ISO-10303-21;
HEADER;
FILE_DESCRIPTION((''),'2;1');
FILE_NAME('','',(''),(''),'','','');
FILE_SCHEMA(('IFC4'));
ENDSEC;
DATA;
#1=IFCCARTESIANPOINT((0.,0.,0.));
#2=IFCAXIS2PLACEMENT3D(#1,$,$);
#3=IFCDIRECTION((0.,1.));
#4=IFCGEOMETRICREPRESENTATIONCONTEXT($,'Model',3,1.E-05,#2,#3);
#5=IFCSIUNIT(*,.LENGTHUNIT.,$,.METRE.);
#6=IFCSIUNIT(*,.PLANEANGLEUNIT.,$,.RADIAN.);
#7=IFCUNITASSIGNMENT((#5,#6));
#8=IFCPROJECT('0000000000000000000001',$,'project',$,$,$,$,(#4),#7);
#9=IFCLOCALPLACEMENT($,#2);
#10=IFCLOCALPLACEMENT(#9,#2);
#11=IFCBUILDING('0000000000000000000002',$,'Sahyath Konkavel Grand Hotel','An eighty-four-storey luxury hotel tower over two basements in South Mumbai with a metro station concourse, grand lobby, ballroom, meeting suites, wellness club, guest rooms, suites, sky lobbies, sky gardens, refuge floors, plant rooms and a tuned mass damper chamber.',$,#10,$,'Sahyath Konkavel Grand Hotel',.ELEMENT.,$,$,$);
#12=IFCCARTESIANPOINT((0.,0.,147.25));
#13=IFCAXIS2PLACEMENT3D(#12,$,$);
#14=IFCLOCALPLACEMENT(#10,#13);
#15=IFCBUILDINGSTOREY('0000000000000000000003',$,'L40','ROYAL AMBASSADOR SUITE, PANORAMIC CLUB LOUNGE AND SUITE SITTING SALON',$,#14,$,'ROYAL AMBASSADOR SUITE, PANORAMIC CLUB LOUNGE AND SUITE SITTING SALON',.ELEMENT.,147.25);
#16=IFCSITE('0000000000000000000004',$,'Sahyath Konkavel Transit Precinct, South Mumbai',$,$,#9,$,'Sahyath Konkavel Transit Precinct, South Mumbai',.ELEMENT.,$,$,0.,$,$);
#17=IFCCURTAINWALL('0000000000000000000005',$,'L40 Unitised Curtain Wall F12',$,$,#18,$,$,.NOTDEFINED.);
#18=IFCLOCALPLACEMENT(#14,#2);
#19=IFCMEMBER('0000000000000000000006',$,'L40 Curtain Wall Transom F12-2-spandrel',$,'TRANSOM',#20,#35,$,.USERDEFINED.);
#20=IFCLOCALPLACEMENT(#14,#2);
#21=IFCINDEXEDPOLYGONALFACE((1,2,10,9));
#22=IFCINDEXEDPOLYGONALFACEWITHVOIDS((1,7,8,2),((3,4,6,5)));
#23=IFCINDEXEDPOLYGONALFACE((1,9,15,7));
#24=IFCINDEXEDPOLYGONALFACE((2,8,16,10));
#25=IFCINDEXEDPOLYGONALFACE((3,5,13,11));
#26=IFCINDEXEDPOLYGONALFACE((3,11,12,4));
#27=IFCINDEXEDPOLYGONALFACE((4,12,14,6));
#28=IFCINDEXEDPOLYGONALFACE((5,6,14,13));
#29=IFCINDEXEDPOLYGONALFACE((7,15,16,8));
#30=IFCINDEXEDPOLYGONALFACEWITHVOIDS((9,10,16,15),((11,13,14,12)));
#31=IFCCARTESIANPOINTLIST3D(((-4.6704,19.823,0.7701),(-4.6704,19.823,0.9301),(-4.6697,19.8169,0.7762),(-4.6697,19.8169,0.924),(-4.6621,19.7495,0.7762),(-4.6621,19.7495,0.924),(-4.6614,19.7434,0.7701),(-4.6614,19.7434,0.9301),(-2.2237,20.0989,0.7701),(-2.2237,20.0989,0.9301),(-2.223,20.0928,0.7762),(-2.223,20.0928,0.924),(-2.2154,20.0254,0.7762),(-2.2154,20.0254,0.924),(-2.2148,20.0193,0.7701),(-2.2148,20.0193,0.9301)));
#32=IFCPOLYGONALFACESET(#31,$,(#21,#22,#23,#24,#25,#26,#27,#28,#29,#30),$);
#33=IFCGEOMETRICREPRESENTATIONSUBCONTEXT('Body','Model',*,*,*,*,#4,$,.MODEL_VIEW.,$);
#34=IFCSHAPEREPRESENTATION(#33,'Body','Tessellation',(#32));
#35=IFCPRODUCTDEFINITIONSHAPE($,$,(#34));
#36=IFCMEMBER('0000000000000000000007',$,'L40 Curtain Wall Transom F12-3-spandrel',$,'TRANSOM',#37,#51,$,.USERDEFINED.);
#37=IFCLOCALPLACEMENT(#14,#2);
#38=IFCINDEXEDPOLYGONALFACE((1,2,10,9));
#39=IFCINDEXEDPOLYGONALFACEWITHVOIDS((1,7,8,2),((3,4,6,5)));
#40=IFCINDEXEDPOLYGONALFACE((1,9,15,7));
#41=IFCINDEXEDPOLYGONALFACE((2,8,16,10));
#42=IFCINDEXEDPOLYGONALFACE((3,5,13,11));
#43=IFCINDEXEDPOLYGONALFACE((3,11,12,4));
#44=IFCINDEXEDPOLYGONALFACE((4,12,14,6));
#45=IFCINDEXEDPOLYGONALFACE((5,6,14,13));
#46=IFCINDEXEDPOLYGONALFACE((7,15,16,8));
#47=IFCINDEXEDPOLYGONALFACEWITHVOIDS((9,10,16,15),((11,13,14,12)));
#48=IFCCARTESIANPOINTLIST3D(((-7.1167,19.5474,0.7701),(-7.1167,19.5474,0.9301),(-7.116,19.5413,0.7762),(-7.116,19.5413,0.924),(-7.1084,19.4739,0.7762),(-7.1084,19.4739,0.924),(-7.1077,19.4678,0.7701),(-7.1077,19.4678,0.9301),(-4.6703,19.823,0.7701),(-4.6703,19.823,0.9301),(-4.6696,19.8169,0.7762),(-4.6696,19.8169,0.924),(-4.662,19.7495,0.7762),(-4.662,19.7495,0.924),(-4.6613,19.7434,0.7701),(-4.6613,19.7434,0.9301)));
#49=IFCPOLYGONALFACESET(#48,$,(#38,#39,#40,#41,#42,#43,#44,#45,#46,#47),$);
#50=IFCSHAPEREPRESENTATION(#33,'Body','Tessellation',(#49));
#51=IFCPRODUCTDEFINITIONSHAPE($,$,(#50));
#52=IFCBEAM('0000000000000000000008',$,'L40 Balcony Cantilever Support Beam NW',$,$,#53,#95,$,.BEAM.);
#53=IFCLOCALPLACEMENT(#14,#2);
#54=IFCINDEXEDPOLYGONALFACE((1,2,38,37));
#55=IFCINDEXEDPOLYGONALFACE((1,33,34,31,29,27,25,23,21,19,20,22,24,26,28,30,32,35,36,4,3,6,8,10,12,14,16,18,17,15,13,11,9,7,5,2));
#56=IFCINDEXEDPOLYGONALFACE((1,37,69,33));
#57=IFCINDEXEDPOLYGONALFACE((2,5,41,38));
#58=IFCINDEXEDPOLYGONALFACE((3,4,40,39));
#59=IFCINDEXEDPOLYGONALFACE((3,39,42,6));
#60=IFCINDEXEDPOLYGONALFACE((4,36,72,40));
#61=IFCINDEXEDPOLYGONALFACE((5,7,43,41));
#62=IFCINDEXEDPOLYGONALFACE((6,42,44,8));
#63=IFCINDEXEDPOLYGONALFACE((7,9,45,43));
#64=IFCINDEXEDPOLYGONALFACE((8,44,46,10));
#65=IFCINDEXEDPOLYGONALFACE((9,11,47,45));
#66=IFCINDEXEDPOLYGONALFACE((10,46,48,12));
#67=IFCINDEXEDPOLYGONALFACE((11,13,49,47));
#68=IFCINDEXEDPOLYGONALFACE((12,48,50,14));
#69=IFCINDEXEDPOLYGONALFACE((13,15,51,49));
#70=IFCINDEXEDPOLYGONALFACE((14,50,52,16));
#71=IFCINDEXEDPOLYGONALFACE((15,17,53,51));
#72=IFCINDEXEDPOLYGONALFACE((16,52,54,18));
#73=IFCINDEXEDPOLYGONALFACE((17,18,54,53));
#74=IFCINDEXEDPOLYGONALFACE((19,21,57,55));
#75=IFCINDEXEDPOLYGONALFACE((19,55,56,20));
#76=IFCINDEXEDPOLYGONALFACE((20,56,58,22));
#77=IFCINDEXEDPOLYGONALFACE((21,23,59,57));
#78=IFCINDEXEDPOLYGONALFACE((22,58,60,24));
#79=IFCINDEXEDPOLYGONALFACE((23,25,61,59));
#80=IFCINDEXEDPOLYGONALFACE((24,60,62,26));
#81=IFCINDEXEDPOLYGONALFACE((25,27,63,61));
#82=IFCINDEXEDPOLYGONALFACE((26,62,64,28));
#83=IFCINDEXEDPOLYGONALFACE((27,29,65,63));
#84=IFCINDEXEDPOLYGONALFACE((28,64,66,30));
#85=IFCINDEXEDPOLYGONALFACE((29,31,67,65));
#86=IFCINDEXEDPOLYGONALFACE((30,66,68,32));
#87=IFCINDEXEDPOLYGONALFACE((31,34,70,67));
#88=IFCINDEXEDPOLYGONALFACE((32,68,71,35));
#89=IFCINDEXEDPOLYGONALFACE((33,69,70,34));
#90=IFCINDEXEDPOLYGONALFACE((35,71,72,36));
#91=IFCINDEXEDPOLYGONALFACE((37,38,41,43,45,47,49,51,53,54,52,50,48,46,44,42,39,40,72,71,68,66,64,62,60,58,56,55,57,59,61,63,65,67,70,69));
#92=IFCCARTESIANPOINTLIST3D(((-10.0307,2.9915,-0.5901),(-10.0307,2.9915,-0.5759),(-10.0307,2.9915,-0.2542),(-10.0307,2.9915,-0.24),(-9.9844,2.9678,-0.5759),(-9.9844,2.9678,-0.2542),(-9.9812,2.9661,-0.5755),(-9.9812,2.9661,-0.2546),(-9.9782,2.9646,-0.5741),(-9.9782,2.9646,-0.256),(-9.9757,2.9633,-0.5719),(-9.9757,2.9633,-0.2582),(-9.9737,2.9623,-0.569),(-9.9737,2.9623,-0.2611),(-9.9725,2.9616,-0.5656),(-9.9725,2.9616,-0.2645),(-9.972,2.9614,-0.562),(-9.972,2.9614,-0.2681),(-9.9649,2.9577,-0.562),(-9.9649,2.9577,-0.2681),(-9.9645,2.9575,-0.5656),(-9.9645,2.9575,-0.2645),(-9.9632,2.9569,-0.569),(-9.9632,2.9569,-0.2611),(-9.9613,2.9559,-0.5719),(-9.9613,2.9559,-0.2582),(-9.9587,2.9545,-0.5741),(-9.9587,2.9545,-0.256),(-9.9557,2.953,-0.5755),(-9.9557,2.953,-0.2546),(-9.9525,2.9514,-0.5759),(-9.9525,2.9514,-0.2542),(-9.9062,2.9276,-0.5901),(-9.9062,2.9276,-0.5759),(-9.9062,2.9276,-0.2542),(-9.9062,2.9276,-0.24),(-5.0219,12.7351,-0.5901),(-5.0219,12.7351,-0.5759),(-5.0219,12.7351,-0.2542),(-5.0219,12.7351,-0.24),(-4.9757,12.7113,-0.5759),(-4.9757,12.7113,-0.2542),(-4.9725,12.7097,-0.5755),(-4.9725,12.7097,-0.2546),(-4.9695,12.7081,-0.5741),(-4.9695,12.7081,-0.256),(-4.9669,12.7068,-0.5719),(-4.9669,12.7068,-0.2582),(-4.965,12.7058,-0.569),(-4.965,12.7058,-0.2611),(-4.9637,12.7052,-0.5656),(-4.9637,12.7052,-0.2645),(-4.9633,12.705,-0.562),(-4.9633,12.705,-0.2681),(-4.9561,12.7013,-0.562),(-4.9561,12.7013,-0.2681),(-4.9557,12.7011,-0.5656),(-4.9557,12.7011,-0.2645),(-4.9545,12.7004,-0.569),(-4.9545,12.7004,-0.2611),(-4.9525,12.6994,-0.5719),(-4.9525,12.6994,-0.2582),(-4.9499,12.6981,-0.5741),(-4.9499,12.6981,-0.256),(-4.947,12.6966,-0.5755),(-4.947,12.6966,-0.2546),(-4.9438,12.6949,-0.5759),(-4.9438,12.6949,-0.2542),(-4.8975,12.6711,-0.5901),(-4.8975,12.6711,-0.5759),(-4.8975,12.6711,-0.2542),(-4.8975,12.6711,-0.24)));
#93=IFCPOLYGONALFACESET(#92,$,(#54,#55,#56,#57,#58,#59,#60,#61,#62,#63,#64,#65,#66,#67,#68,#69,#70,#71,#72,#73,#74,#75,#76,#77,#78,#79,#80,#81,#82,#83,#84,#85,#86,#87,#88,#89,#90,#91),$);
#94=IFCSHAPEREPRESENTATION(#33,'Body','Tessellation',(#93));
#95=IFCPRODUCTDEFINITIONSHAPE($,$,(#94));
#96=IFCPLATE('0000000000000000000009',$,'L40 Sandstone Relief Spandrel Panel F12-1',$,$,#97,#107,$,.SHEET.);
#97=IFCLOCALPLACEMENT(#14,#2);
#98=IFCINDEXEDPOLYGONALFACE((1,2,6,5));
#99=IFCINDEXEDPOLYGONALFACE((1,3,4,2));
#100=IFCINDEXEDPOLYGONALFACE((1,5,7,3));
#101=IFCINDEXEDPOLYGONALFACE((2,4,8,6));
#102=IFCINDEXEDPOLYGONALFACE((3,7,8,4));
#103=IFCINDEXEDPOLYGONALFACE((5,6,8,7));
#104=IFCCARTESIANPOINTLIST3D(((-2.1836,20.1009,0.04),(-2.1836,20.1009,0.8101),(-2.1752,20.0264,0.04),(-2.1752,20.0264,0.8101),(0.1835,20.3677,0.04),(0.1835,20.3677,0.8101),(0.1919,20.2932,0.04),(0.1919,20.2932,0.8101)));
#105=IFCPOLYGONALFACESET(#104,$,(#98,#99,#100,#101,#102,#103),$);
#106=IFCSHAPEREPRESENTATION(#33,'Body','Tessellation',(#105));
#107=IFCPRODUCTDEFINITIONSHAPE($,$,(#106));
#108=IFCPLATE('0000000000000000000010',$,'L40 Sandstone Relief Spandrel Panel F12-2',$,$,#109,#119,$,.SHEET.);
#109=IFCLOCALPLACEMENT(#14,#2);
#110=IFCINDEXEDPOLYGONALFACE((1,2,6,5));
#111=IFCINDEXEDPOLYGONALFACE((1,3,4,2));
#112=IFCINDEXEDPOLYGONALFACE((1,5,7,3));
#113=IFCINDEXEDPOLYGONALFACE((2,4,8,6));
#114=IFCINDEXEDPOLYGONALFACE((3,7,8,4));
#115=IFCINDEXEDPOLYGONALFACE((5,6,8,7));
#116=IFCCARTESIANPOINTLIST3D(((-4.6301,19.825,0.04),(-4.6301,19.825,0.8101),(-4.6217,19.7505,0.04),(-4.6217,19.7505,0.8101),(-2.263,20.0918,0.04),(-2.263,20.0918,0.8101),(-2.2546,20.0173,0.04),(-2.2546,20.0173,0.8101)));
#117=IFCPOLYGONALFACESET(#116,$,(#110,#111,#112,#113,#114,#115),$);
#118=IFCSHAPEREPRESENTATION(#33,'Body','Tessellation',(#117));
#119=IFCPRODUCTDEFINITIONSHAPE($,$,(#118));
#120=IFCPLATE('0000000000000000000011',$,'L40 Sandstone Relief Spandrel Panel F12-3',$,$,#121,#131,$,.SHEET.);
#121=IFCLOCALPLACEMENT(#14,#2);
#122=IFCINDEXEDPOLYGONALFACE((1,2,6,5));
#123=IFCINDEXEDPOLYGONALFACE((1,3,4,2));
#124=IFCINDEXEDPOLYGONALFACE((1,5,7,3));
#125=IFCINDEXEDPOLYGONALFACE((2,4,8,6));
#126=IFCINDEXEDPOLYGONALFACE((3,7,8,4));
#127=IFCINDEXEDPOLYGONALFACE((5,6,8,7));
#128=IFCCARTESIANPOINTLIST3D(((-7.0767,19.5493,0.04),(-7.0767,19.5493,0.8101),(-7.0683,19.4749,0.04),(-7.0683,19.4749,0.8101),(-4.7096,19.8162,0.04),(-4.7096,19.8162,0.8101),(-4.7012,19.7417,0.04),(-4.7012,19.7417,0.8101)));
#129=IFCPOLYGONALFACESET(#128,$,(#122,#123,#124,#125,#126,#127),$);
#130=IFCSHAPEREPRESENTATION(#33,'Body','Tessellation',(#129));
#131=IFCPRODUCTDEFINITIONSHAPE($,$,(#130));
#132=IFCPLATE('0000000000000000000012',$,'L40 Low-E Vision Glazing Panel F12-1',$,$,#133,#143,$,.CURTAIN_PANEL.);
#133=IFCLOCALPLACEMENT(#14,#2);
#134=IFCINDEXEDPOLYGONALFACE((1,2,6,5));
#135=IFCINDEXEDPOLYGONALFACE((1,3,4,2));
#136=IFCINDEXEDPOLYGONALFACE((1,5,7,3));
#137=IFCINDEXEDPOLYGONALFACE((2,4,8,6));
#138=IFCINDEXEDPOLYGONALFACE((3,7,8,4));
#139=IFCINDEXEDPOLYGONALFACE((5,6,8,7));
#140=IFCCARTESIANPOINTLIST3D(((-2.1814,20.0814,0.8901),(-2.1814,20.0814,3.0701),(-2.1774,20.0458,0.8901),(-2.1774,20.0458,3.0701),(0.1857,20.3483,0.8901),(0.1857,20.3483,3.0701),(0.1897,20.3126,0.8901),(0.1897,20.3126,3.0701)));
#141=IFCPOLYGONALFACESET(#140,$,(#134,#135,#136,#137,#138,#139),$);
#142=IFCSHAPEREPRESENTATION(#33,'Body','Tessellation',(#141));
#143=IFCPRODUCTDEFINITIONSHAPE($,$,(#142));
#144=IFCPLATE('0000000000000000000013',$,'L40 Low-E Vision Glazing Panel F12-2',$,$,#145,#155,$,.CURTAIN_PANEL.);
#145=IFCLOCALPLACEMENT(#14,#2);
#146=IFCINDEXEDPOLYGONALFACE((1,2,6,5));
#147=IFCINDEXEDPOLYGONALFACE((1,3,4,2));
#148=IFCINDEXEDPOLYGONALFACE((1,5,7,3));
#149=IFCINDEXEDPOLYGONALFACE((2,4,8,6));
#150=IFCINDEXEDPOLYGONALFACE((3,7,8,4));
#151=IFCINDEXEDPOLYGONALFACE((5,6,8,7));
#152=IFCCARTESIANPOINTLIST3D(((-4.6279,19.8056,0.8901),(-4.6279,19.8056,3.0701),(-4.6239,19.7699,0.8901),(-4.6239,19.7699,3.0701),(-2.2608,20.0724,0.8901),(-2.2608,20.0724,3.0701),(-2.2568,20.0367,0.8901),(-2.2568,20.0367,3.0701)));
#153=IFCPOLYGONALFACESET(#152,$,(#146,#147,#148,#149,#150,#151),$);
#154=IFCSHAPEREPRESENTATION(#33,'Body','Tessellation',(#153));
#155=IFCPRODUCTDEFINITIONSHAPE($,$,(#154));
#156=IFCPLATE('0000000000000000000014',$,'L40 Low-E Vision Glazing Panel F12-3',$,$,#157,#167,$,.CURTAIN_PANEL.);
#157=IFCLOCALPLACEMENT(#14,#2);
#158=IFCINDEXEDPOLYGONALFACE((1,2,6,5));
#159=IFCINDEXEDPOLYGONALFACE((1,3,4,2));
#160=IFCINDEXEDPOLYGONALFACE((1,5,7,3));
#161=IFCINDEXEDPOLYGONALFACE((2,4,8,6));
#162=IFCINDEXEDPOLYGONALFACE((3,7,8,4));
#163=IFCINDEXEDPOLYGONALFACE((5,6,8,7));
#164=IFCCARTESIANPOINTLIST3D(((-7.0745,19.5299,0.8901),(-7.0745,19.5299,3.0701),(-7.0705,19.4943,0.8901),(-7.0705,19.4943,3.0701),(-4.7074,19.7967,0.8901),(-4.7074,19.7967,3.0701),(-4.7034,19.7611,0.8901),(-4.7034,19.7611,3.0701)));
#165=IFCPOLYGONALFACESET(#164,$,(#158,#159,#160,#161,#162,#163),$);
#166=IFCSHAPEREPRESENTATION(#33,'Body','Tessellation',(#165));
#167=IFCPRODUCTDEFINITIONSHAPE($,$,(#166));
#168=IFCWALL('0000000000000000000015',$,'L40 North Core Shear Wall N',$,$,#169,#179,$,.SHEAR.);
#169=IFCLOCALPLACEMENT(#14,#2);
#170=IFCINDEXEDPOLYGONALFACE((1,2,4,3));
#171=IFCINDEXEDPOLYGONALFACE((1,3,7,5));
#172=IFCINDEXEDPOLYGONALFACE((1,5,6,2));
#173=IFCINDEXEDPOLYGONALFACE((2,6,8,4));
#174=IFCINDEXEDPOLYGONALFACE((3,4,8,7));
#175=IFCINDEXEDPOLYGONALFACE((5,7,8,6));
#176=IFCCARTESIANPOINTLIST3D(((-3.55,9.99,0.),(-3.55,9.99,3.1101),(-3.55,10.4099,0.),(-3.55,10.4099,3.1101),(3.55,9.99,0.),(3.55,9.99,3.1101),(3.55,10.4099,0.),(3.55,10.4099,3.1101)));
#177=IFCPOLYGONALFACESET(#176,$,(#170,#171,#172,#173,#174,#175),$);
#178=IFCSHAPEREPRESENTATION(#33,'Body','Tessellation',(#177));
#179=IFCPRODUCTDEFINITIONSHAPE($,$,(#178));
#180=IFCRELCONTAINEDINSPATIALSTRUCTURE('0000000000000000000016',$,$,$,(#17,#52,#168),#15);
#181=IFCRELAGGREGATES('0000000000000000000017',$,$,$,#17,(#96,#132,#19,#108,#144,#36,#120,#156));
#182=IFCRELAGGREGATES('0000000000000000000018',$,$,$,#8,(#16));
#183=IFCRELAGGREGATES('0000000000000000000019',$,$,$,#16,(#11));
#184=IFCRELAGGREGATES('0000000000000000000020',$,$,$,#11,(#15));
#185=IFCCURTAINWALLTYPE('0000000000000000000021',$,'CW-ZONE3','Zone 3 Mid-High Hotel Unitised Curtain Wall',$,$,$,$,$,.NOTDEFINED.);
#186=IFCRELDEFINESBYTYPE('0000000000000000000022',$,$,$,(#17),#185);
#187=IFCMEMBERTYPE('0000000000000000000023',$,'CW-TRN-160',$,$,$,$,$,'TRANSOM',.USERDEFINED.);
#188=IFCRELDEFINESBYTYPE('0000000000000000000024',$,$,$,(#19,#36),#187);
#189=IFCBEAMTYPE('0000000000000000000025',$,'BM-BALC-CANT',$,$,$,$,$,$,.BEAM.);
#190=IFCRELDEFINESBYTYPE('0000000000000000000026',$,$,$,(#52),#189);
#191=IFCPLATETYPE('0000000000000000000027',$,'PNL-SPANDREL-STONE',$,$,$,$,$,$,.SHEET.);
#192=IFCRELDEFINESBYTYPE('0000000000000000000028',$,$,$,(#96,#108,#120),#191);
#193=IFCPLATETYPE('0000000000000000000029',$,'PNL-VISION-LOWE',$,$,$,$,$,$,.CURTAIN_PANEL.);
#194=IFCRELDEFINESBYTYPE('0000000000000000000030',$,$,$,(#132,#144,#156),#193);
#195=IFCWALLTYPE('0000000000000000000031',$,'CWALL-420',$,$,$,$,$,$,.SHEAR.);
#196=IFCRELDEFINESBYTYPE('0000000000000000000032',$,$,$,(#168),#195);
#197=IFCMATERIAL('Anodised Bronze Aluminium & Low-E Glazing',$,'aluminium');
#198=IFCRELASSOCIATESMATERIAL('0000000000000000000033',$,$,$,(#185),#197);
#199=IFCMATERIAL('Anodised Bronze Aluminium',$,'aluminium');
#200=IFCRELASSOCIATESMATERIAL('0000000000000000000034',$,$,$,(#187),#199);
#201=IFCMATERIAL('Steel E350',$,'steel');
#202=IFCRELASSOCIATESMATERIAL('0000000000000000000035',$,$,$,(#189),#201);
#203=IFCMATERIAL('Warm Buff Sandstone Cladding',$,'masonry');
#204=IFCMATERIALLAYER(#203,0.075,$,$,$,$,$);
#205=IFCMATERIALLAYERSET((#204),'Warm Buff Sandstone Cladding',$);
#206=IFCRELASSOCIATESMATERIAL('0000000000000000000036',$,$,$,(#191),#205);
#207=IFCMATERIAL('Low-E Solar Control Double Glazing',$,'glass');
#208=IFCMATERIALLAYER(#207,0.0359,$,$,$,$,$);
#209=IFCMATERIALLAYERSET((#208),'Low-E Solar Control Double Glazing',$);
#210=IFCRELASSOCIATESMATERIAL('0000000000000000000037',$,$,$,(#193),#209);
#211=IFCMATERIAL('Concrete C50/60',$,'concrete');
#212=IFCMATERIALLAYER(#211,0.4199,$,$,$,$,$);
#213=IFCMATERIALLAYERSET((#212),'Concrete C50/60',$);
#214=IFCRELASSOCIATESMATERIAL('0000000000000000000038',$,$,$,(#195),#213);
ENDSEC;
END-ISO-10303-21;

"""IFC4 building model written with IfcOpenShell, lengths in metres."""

from ifc_helpers import new_model, si_unit, direction, frame, frame_2d, origin, origin_2d, place, context, subcontext, project, spatial, rectangle, hollow_rectangle, i_section, extrude, source, transform, mapped, material, layer, layer_set, material_profile, profile_set, type_object, element, aggregate, save


model = new_model("IFC4")

# Units and contexts
model_context = context("Model", 3, precision=1e-05, world=origin(), true_north=direction((0.0, 1.0)))
body_context = subcontext(model_context, "Body", "Model", "MODEL_VIEW")
ifc_project = project(units=[si_unit("LENGTHUNIT", "METRE"), si_unit("PLANEANGLEUNIT", "RADIAN")], contexts=[model_context])

# Site, building, storey
site_placement = place(None, origin())
site = spatial("IfcSite", under=ifc_project, at=site_placement, Name="Sahyath Konkavel Transit Precinct, South Mumbai", LongName="Sahyath Konkavel Transit Precinct, South Mumbai", CompositionType="ELEMENT", RefElevation=0.0)
building_placement = place(site_placement, origin())
building = spatial("IfcBuilding", under=site, at=building_placement, Name="Sahyath Konkavel Grand Hotel", Description="An eighty-four-storey luxury hotel tower over two basements in South Mumbai with a metro station concourse, grand lobby, ballroom, meeting suites, wellness club, guest rooms, suites, sky lobbies, sky gardens, refuge floors, plant rooms and a tuned mass damper chamber.", LongName="Sahyath Konkavel Grand Hotel", CompositionType="ELEMENT")
storey_placement = place(building_placement, frame((0.0, 0.0, 147.25)))
storey = spatial("IfcBuildingStorey", under=building, at=storey_placement, Name="L40", Description="ROYAL AMBASSADOR SUITE, PANORAMIC CLUB LOUNGE AND SUITE SITTING SALON", LongName="ROYAL AMBASSADOR SUITE, PANORAMIC CLUB LOUNGE AND SUITE SITTING SALON", CompositionType="ELEMENT", Elevation=147.25)

# Shared definitions
ifc_material_1 = material(Name="Concrete C50/60", Category="concrete")

# Shared definitions
ifc_material_2 = material(Name="Steel E350", Category="steel")

# Curtain wall, members
ifc_material_3 = material(Name="Anodised Bronze Aluminium & Low-E Glazing", Category="aluminium")
curtain_wall_type = type_object("IfcCurtainWallType", Name="CW-ZONE3", Description="Zone 3 Mid-High Hotel Unitised Curtain Wall", PredefinedType="NOTDEFINED", material=ifc_material_3)
curtain_wall_placement = place(storey_placement, origin())
curtain_wall = element("IfcCurtainWall", 1, at=curtain_wall_placement, inside=storey, type_object=curtain_wall_type, Name="L40 Unitised Curtain Wall F12", PredefinedType="NOTDEFINED")
ifc_material_4 = material(Name="Anodised Bronze Aluminium", Category="aluminium")
ifc_material_profile_1 = material_profile(ifc_material_4, hollow_rectangle(XDim=0.0801, YDim=0.1599, WallThickness=0.0061, at=origin_2d()), Name="RHS 160x80x6")
ifc_profile_set_1 = profile_set([ifc_material_profile_1], Name="Anodised Bronze Aluminium")
member_type_1 = type_object("IfcMemberType", Name="CW-TRN-160", ElementType="TRANSOM", PredefinedType="USERDEFINED", material=ifc_profile_set_1)
shared_shape_1 = source(origin(), body_context, "Body", "SweptSolid", [
    extrude(hollow_rectangle(XDim=0.0801, YDim=0.1599, WallThickness=0.0061, at=origin_2d()), origin(), (0.0, 0.0, 1.0), 2.4622),
])
member_1_placement = place(storey_placement, frame((-2.2192, 20.0591, 0.8501), z_axis=(-0.993702, -0.112053, 0.0), x_axis=(0.112053, -0.993702, 0.0)))
member_1 = element("IfcMember", 2, at=member_1_placement, type_object=member_type_1, Name="L40 Curtain Wall Transom F12-2-spandrel", ObjectType="TRANSOM", PredefinedType="USERDEFINED", context=body_context, shape_type="MappedRepresentation", body=[
    mapped(shared_shape_1, transform((0.0, 0.0, 0.0), scale=1.0)),
])
shared_shape_2 = source(origin(), body_context, "Body", "SweptSolid", [
    extrude(hollow_rectangle(XDim=0.0801, YDim=0.1599, WallThickness=0.0061, at=origin_2d()), origin(), (0.0, 0.0, 1.0), 2.4619),
])
member_2_placement = place(storey_placement, frame((-4.6658, 19.7832, 0.8501), z_axis=(-0.993713, -0.111955, 0.0), x_axis=(0.111955, -0.993713, 0.0)))
member_2 = element("IfcMember", 3, at=member_2_placement, type_object=member_type_1, Name="L40 Curtain Wall Transom F12-3-spandrel", ObjectType="TRANSOM", PredefinedType="USERDEFINED", context=body_context, shape_type="MappedRepresentation", body=[
    mapped(shared_shape_2, transform((0.0, 0.0, 0.0), scale=1.0)),
])

# Beam
ifc_material_profile_2 = material_profile(ifc_material_2, i_section(OverallWidth=0.1399, OverallDepth=0.3501, WebThickness=0.0081, FlangeThickness=0.0142, FilletRadius=0.0139, at=origin_2d()), Name="ISMB 350")
ifc_profile_set_2 = profile_set([ifc_material_profile_2], Name="Steel E350")
beam_type_1 = type_object("IfcBeamType", Name="BM-BALC-CANT", PredefinedType="BEAM", material=ifc_profile_set_2)
shared_shape_3 = source(origin(), body_context, "Body", "SweptSolid", [
    extrude(i_section(OverallWidth=0.1399, OverallDepth=0.3501, WebThickness=0.0081, FlangeThickness=0.0142, FilletRadius=0.0139, at=origin_2d()), origin(), (0.0, 0.0, 1.0), 10.9556),
])
beam_1_placement = place(storey_placement, frame((-4.9597, 12.7031, -0.415), z_axis=(-0.457187, -0.889371, 0.0), x_axis=(0.889371, -0.457187, 0.0)))
element("IfcBeam", 4, at=beam_1_placement, inside=storey, type_object=beam_type_1, Name="L40 Balcony Cantilever Support Beam NW", PredefinedType="BEAM", context=body_context, shape_type="MappedRepresentation", body=[
    mapped(shared_shape_3, transform((0.0, 0.0, 0.0), scale=1.0)),
])

# Plates
ifc_material_5 = material(Name="Warm Buff Sandstone Cladding", Category="masonry")
ifc_layer_1 = layer(ifc_material_5, 0.075)
ifc_layer_set_1 = layer_set([ifc_layer_1], Name="Warm Buff Sandstone Cladding")
plate_type_1 = type_object("IfcPlateType", Name="PNL-SPANDREL-STONE", PredefinedType="SHEET", material=ifc_layer_set_1)
shared_shape_4 = source(origin(), body_context, "Body", "SweptSolid", [
    extrude(rectangle(XDim=2.3821, YDim=0.075, at=origin_2d()), origin(), (0.0, 0.0, 1.0), 0.77),
])
plate_1_placement = place(storey_placement, frame((-0.9958, 20.197, 0.04), z_axis=(0.0, 0.0, 1.0), x_axis=(-0.993707, -0.112007, 0.0)))
plate_1 = element("IfcPlate", 5, at=plate_1_placement, type_object=plate_type_1, Name="L40 Sandstone Relief Spandrel Panel F12-1", PredefinedType="SHEET", context=body_context, shape_type="MappedRepresentation", body=[
    mapped(shared_shape_4, transform((0.0, 0.0, 0.0), scale=1.0)),
])
plate_2_placement = place(storey_placement, frame((-3.4424, 19.9211, 0.04), z_axis=(0.0, 0.0, 1.0), x_axis=(-0.993707, -0.112007, 0.0)))
plate_2 = element("IfcPlate", 6, at=plate_2_placement, type_object=plate_type_1, Name="L40 Sandstone Relief Spandrel Panel F12-2", PredefinedType="SHEET", context=body_context, shape_type="MappedRepresentation", body=[
    mapped(shared_shape_4, transform((0.0, 0.0, 0.0), scale=1.0)),
])
plate_3_placement = place(storey_placement, frame((-5.8889, 19.6455, 0.04), z_axis=(0.0, 0.0, 1.0), x_axis=(-0.993707, -0.112007, 0.0)))
plate_3 = element("IfcPlate", 7, at=plate_3_placement, type_object=plate_type_1, Name="L40 Sandstone Relief Spandrel Panel F12-3", PredefinedType="SHEET", context=body_context, shape_type="MappedRepresentation", body=[
    mapped(shared_shape_4, transform((0.0, 0.0, 0.0), scale=1.0)),
])
ifc_material_6 = material(Name="Low-E Solar Control Double Glazing", Category="glass")
ifc_layer_2 = layer(ifc_material_6, 0.0359)
ifc_layer_set_2 = layer_set([ifc_layer_2], Name="Low-E Solar Control Double Glazing")
plate_type_2 = type_object("IfcPlateType", Name="PNL-VISION-LOWE", PredefinedType="CURTAIN_PANEL", material=ifc_layer_set_2)
shared_shape_5 = source(origin(), body_context, "Body", "SweptSolid", [
    extrude(rectangle(XDim=2.3821, YDim=0.0359, at=origin_2d()), origin(), (0.0, 0.0, 1.0), 2.1799),
])
plate_4_placement = place(storey_placement, frame((-0.9958, 20.197, 0.8901), z_axis=(0.0, 0.0, 1.0), x_axis=(-0.993707, -0.112007, 0.0)))
plate_4 = element("IfcPlate", 8, at=plate_4_placement, type_object=plate_type_2, Name="L40 Low-E Vision Glazing Panel F12-1", PredefinedType="CURTAIN_PANEL", context=body_context, shape_type="MappedRepresentation", body=[
    mapped(shared_shape_5, transform((0.0, 0.0, 0.0), scale=1.0)),
])
plate_5_placement = place(storey_placement, frame((-3.4424, 19.9211, 0.8901), z_axis=(0.0, 0.0, 1.0), x_axis=(-0.993707, -0.112007, 0.0)))
plate_5 = element("IfcPlate", 9, at=plate_5_placement, type_object=plate_type_2, Name="L40 Low-E Vision Glazing Panel F12-2", PredefinedType="CURTAIN_PANEL", context=body_context, shape_type="MappedRepresentation", body=[
    mapped(shared_shape_5, transform((0.0, 0.0, 0.0), scale=1.0)),
])
plate_6_placement = place(storey_placement, frame((-5.8889, 19.6455, 0.8901), z_axis=(0.0, 0.0, 1.0), x_axis=(-0.993707, -0.112007, 0.0)))
plate_6 = element("IfcPlate", 10, at=plate_6_placement, type_object=plate_type_2, Name="L40 Low-E Vision Glazing Panel F12-3", PredefinedType="CURTAIN_PANEL", context=body_context, shape_type="MappedRepresentation", body=[
    mapped(shared_shape_5, transform((0.0, 0.0, 0.0), scale=1.0)),
])
aggregate(curtain_wall, [plate_1, plate_4, member_1, plate_2, plate_5, member_2, plate_3, plate_6])

# Wall
ifc_layer_3 = layer(ifc_material_1, 0.4199)
ifc_layer_set_3 = layer_set([ifc_layer_3], Name="Concrete C50/60")
wall_type = type_object("IfcWallType", Name="CWALL-420", PredefinedType="SHEAR", material=ifc_layer_set_3)
wall_placement = place(storey_placement, frame((-3.55, 10.2, 0.0), z_axis=(0.0, 0.0, 1.0), x_axis=(1.0, 0.0, 0.0)))
element("IfcWall", 11, at=wall_placement, inside=storey, type_object=wall_type, Name="L40 North Core Shear Wall N", PredefinedType="SHEAR", context=body_context, shape_type="SweptSolid", body=[
    extrude(rectangle(XDim=7.1001, YDim=0.4199, at=frame_2d((3.55, 0.0))), origin(), (0.0, 0.0, 1.0), 3.1101),
])

save(model, "model.ifc")
